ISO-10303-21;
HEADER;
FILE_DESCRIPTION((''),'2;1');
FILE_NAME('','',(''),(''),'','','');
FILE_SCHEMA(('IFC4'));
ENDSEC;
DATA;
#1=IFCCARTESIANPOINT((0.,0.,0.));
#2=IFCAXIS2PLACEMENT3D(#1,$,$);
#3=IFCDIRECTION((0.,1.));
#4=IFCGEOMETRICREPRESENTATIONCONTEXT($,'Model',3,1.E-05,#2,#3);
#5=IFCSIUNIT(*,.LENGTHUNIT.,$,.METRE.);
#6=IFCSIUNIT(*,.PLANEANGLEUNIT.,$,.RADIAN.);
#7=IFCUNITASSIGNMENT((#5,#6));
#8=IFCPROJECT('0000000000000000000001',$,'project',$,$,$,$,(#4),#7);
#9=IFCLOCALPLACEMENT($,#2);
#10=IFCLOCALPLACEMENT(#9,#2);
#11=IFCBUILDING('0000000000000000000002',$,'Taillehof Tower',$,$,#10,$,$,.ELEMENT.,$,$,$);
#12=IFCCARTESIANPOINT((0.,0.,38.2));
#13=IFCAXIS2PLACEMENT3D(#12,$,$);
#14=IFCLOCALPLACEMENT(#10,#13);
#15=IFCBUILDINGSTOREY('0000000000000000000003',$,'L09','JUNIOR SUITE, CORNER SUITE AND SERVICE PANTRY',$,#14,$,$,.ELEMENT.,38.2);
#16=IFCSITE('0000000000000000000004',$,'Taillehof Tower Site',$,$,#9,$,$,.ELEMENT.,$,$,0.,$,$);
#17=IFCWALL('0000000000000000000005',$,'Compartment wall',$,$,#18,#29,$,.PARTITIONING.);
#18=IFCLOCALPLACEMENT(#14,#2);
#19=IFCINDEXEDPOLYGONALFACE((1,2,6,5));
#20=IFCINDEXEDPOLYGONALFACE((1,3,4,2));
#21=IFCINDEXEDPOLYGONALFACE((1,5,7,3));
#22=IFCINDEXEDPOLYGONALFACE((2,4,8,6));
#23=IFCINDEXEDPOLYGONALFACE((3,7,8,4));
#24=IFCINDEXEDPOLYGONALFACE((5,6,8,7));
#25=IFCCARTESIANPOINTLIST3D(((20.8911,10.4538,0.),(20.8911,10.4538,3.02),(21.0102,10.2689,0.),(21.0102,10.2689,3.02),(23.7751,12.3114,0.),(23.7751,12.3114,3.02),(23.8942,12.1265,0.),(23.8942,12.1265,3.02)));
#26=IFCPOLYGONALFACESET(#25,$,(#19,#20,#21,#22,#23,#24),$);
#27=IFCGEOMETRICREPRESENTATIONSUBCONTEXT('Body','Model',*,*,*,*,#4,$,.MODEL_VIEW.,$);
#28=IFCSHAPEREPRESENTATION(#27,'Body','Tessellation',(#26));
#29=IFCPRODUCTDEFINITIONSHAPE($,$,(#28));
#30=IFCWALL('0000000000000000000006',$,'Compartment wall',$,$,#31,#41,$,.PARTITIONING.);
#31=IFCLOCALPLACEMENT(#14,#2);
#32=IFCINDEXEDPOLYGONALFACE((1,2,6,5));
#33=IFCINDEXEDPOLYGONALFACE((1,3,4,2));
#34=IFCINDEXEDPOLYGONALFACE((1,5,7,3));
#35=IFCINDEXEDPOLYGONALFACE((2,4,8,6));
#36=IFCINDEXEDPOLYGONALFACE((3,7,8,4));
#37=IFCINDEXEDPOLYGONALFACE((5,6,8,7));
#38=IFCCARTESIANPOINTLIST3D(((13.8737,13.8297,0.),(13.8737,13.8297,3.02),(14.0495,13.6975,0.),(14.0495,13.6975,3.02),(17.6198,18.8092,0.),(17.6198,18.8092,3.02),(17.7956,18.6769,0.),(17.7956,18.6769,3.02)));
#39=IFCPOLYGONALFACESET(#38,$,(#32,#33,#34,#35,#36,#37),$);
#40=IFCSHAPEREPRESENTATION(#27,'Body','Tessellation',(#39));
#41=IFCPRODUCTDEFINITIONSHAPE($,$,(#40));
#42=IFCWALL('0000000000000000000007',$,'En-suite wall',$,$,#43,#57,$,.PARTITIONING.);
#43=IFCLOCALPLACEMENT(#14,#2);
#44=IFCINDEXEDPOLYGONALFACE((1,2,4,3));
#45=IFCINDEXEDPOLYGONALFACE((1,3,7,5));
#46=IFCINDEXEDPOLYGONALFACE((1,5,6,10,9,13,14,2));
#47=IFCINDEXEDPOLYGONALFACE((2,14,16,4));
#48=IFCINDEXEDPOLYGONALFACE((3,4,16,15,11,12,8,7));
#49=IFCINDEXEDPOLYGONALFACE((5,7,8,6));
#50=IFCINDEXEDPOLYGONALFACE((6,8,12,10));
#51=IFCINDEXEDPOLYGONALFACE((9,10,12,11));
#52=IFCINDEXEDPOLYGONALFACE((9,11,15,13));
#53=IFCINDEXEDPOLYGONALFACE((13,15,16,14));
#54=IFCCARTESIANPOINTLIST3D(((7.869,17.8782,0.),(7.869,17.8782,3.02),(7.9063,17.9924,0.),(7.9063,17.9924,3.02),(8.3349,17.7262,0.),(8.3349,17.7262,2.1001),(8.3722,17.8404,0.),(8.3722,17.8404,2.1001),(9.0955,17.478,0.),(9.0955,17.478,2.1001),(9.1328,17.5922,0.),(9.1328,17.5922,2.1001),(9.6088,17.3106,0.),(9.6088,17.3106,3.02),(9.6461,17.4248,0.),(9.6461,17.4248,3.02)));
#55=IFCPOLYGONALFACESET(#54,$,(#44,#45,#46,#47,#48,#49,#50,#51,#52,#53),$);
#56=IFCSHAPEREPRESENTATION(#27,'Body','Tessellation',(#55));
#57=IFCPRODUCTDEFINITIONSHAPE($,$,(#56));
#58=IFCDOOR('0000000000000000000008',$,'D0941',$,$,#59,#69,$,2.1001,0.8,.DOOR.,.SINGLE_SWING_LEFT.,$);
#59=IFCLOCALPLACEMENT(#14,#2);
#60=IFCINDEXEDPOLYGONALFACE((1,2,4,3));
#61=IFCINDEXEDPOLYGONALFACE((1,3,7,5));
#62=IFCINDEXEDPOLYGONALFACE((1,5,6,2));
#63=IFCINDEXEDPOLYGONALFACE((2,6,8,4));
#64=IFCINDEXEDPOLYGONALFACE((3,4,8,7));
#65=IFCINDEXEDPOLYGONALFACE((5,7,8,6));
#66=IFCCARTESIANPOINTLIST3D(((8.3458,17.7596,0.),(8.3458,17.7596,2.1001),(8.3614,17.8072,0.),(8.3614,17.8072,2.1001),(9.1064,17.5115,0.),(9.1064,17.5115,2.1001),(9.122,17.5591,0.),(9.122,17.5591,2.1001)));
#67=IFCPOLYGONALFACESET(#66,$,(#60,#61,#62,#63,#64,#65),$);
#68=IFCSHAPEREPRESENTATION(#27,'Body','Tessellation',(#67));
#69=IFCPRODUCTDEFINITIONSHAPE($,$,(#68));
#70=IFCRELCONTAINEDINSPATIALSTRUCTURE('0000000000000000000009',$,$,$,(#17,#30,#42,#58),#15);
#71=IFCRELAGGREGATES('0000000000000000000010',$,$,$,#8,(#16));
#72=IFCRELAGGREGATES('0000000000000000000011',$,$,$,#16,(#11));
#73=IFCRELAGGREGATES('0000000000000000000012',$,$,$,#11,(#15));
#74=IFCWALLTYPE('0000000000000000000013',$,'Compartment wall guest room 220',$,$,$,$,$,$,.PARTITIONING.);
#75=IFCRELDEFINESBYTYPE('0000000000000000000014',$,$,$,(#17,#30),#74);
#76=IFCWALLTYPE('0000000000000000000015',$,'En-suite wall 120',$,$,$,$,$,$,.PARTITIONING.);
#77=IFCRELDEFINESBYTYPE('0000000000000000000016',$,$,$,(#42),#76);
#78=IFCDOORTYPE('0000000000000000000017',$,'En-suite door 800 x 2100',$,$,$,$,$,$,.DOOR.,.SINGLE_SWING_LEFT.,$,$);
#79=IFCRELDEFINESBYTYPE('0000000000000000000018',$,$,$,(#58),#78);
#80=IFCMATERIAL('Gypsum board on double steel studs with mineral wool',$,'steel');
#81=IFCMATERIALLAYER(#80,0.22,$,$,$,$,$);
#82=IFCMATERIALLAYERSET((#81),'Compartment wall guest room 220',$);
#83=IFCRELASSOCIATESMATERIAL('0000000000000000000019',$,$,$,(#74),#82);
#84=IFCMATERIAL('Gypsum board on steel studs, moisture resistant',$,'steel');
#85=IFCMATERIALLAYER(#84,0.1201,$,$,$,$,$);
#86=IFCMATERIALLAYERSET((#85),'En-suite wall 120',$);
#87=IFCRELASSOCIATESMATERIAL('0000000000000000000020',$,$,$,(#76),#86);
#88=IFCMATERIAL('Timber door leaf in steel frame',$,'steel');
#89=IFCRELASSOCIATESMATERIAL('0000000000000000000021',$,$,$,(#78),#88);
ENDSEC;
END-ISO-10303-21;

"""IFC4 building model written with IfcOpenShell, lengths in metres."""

from ifc_helpers import new_model, si_unit, direction, frame, frame_2d, origin, place, context, subcontext, project, spatial, rectangle, extrude, material, layer, layer_set, type_object, element, fill, save


model = new_model("IFC4")

# Units and contexts
model_context = context("Model", 3, precision=1e-05, world=origin(), true_north=direction((0.0, 1.0)))
body_context = subcontext(model_context, "Body", "Model", "MODEL_VIEW")
ifc_project = project(units=[si_unit("LENGTHUNIT", "METRE"), si_unit("PLANEANGLEUNIT", "RADIAN")], contexts=[model_context])

# Site, building, storey
site_placement = place(None, origin())
site = spatial("IfcSite", under=ifc_project, at=site_placement, Name="Taillehof Tower Site", CompositionType="ELEMENT", RefElevation=0.0)
building_placement = place(site_placement, origin())
building = spatial("IfcBuilding", under=site, at=building_placement, Name="Taillehof Tower", CompositionType="ELEMENT")
storey_placement = place(building_placement, frame((0.0, 0.0, 38.2)))
storey = spatial("IfcBuildingStorey", under=building, at=storey_placement, Name="L09", Description="JUNIOR SUITE, CORNER SUITE AND SERVICE PANTRY", CompositionType="ELEMENT", Elevation=38.2)

# Walls
ifc_material_1 = material(Name="Gypsum board on double steel studs with mineral wool", Category="steel")
ifc_layer_1 = layer(ifc_material_1, 0.22)
ifc_layer_set_1 = layer_set([ifc_layer_1], Name="Compartment wall guest room 220")
wall_type_1 = type_object("IfcWallType", Name="Compartment wall guest room 220", PredefinedType="PARTITIONING", material=ifc_layer_set_1)
wall_1_placement = place(storey_placement, frame((23.8347, 12.219, 0.0), z_axis=(0.0, 0.0, 1.0), x_axis=(-0.840695, -0.541509, 0.0)))
element("IfcWall", 1, at=wall_1_placement, inside=storey, type_object=wall_type_1, Name="Compartment wall", PredefinedType="PARTITIONING", context=body_context, shape_type="SweptSolid", body=[
    extrude(rectangle(XDim=3.4304, YDim=0.22, at=frame_2d((1.7153, 0.0))), origin(), (0.0, 0.0, 1.0), 3.02),
])
wall_2_placement = place(storey_placement, frame((17.7078, 18.7432, 0.0), z_axis=(0.0, 0.0, 1.0), x_axis=(-0.601178, -0.799115, 0.0)))
element("IfcWall", 2, at=wall_2_placement, inside=storey, type_object=wall_type_1, Name="Compartment wall", PredefinedType="PARTITIONING", context=body_context, shape_type="SweptSolid", body=[
    extrude(rectangle(XDim=6.2312, YDim=0.22, at=frame_2d((3.1157, 0.0))), origin(), (0.0, 0.0, 1.0), 3.02),
])

# Wall, opening, door
ifc_material_2 = material(Name="Gypsum board on steel studs, moisture resistant", Category="steel")
ifc_layer_2 = layer(ifc_material_2, 0.1201)
ifc_layer_set_2 = layer_set([ifc_layer_2], Name="En-suite wall 120")
wall_type_2 = type_object("IfcWallType", Name="En-suite wall 120", PredefinedType="PARTITIONING", material=ifc_layer_set_2)
wall_3_placement = place(storey_placement, frame((9.6274, 17.3677, 0.0), z_axis=(0.0, 0.0, 1.0), x_axis=(-0.950679, 0.310178, 0.0)))
wall_3 = element("IfcWall", 3, at=wall_3_placement, inside=storey, type_object=wall_type_2, Name="En-suite wall", PredefinedType="PARTITIONING", context=body_context, shape_type="SweptSolid", body=[
    extrude(rectangle(XDim=1.8301, YDim=0.1201, at=frame_2d((0.915, 0.0))), origin(), (0.0, 0.0, 1.0), 3.02),
])
opening_1_placement = place(wall_3_placement, frame((0.54, 0.0, 0.0)))
opening_1 = element("IfcOpeningElement", 4, at=opening_1_placement, cuts=wall_3, PredefinedType="OPENING", context=body_context, shape_type="SweptSolid", body=[
    extrude(rectangle(XDim=0.8, YDim=2.1001, at=frame_2d((0.3999, 1.05))), frame((0.0, 0.0701, 0.0), z_axis=(0.0, -1.0, 0.0), x_axis=(1.0, 0.0, 0.0)), (0.0, 0.0, 1.0), 0.1401),
])
ifc_material_3 = material(Name="Timber door leaf in steel frame", Category="steel")
door_type_1 = type_object("IfcDoorType", Name="En-suite door 800 x 2100", OperationType="SINGLE_SWING_LEFT", PredefinedType="DOOR", material=ifc_material_3)
door_1_placement = place(opening_1_placement, origin())
door_1 = element("IfcDoor", 5, at=door_1_placement, inside=storey, type_object=door_type_1, Name="D0941", OperationType="SINGLE_SWING_LEFT", OverallHeight=2.1001, OverallWidth=0.8, PredefinedType="DOOR", context=body_context, shape_type="SweptSolid", body=[
    extrude(rectangle(XDim=0.8, YDim=2.1001, at=frame_2d((0.3999, 1.05))), frame((0.0, 0.0249, 0.0), z_axis=(0.0, -1.0, 0.0), x_axis=(1.0, 0.0, 0.0)), (0.0, 0.0, 1.0), 0.05),
])
fill(opening_1, door_1)

save(model, "model.ifc")
